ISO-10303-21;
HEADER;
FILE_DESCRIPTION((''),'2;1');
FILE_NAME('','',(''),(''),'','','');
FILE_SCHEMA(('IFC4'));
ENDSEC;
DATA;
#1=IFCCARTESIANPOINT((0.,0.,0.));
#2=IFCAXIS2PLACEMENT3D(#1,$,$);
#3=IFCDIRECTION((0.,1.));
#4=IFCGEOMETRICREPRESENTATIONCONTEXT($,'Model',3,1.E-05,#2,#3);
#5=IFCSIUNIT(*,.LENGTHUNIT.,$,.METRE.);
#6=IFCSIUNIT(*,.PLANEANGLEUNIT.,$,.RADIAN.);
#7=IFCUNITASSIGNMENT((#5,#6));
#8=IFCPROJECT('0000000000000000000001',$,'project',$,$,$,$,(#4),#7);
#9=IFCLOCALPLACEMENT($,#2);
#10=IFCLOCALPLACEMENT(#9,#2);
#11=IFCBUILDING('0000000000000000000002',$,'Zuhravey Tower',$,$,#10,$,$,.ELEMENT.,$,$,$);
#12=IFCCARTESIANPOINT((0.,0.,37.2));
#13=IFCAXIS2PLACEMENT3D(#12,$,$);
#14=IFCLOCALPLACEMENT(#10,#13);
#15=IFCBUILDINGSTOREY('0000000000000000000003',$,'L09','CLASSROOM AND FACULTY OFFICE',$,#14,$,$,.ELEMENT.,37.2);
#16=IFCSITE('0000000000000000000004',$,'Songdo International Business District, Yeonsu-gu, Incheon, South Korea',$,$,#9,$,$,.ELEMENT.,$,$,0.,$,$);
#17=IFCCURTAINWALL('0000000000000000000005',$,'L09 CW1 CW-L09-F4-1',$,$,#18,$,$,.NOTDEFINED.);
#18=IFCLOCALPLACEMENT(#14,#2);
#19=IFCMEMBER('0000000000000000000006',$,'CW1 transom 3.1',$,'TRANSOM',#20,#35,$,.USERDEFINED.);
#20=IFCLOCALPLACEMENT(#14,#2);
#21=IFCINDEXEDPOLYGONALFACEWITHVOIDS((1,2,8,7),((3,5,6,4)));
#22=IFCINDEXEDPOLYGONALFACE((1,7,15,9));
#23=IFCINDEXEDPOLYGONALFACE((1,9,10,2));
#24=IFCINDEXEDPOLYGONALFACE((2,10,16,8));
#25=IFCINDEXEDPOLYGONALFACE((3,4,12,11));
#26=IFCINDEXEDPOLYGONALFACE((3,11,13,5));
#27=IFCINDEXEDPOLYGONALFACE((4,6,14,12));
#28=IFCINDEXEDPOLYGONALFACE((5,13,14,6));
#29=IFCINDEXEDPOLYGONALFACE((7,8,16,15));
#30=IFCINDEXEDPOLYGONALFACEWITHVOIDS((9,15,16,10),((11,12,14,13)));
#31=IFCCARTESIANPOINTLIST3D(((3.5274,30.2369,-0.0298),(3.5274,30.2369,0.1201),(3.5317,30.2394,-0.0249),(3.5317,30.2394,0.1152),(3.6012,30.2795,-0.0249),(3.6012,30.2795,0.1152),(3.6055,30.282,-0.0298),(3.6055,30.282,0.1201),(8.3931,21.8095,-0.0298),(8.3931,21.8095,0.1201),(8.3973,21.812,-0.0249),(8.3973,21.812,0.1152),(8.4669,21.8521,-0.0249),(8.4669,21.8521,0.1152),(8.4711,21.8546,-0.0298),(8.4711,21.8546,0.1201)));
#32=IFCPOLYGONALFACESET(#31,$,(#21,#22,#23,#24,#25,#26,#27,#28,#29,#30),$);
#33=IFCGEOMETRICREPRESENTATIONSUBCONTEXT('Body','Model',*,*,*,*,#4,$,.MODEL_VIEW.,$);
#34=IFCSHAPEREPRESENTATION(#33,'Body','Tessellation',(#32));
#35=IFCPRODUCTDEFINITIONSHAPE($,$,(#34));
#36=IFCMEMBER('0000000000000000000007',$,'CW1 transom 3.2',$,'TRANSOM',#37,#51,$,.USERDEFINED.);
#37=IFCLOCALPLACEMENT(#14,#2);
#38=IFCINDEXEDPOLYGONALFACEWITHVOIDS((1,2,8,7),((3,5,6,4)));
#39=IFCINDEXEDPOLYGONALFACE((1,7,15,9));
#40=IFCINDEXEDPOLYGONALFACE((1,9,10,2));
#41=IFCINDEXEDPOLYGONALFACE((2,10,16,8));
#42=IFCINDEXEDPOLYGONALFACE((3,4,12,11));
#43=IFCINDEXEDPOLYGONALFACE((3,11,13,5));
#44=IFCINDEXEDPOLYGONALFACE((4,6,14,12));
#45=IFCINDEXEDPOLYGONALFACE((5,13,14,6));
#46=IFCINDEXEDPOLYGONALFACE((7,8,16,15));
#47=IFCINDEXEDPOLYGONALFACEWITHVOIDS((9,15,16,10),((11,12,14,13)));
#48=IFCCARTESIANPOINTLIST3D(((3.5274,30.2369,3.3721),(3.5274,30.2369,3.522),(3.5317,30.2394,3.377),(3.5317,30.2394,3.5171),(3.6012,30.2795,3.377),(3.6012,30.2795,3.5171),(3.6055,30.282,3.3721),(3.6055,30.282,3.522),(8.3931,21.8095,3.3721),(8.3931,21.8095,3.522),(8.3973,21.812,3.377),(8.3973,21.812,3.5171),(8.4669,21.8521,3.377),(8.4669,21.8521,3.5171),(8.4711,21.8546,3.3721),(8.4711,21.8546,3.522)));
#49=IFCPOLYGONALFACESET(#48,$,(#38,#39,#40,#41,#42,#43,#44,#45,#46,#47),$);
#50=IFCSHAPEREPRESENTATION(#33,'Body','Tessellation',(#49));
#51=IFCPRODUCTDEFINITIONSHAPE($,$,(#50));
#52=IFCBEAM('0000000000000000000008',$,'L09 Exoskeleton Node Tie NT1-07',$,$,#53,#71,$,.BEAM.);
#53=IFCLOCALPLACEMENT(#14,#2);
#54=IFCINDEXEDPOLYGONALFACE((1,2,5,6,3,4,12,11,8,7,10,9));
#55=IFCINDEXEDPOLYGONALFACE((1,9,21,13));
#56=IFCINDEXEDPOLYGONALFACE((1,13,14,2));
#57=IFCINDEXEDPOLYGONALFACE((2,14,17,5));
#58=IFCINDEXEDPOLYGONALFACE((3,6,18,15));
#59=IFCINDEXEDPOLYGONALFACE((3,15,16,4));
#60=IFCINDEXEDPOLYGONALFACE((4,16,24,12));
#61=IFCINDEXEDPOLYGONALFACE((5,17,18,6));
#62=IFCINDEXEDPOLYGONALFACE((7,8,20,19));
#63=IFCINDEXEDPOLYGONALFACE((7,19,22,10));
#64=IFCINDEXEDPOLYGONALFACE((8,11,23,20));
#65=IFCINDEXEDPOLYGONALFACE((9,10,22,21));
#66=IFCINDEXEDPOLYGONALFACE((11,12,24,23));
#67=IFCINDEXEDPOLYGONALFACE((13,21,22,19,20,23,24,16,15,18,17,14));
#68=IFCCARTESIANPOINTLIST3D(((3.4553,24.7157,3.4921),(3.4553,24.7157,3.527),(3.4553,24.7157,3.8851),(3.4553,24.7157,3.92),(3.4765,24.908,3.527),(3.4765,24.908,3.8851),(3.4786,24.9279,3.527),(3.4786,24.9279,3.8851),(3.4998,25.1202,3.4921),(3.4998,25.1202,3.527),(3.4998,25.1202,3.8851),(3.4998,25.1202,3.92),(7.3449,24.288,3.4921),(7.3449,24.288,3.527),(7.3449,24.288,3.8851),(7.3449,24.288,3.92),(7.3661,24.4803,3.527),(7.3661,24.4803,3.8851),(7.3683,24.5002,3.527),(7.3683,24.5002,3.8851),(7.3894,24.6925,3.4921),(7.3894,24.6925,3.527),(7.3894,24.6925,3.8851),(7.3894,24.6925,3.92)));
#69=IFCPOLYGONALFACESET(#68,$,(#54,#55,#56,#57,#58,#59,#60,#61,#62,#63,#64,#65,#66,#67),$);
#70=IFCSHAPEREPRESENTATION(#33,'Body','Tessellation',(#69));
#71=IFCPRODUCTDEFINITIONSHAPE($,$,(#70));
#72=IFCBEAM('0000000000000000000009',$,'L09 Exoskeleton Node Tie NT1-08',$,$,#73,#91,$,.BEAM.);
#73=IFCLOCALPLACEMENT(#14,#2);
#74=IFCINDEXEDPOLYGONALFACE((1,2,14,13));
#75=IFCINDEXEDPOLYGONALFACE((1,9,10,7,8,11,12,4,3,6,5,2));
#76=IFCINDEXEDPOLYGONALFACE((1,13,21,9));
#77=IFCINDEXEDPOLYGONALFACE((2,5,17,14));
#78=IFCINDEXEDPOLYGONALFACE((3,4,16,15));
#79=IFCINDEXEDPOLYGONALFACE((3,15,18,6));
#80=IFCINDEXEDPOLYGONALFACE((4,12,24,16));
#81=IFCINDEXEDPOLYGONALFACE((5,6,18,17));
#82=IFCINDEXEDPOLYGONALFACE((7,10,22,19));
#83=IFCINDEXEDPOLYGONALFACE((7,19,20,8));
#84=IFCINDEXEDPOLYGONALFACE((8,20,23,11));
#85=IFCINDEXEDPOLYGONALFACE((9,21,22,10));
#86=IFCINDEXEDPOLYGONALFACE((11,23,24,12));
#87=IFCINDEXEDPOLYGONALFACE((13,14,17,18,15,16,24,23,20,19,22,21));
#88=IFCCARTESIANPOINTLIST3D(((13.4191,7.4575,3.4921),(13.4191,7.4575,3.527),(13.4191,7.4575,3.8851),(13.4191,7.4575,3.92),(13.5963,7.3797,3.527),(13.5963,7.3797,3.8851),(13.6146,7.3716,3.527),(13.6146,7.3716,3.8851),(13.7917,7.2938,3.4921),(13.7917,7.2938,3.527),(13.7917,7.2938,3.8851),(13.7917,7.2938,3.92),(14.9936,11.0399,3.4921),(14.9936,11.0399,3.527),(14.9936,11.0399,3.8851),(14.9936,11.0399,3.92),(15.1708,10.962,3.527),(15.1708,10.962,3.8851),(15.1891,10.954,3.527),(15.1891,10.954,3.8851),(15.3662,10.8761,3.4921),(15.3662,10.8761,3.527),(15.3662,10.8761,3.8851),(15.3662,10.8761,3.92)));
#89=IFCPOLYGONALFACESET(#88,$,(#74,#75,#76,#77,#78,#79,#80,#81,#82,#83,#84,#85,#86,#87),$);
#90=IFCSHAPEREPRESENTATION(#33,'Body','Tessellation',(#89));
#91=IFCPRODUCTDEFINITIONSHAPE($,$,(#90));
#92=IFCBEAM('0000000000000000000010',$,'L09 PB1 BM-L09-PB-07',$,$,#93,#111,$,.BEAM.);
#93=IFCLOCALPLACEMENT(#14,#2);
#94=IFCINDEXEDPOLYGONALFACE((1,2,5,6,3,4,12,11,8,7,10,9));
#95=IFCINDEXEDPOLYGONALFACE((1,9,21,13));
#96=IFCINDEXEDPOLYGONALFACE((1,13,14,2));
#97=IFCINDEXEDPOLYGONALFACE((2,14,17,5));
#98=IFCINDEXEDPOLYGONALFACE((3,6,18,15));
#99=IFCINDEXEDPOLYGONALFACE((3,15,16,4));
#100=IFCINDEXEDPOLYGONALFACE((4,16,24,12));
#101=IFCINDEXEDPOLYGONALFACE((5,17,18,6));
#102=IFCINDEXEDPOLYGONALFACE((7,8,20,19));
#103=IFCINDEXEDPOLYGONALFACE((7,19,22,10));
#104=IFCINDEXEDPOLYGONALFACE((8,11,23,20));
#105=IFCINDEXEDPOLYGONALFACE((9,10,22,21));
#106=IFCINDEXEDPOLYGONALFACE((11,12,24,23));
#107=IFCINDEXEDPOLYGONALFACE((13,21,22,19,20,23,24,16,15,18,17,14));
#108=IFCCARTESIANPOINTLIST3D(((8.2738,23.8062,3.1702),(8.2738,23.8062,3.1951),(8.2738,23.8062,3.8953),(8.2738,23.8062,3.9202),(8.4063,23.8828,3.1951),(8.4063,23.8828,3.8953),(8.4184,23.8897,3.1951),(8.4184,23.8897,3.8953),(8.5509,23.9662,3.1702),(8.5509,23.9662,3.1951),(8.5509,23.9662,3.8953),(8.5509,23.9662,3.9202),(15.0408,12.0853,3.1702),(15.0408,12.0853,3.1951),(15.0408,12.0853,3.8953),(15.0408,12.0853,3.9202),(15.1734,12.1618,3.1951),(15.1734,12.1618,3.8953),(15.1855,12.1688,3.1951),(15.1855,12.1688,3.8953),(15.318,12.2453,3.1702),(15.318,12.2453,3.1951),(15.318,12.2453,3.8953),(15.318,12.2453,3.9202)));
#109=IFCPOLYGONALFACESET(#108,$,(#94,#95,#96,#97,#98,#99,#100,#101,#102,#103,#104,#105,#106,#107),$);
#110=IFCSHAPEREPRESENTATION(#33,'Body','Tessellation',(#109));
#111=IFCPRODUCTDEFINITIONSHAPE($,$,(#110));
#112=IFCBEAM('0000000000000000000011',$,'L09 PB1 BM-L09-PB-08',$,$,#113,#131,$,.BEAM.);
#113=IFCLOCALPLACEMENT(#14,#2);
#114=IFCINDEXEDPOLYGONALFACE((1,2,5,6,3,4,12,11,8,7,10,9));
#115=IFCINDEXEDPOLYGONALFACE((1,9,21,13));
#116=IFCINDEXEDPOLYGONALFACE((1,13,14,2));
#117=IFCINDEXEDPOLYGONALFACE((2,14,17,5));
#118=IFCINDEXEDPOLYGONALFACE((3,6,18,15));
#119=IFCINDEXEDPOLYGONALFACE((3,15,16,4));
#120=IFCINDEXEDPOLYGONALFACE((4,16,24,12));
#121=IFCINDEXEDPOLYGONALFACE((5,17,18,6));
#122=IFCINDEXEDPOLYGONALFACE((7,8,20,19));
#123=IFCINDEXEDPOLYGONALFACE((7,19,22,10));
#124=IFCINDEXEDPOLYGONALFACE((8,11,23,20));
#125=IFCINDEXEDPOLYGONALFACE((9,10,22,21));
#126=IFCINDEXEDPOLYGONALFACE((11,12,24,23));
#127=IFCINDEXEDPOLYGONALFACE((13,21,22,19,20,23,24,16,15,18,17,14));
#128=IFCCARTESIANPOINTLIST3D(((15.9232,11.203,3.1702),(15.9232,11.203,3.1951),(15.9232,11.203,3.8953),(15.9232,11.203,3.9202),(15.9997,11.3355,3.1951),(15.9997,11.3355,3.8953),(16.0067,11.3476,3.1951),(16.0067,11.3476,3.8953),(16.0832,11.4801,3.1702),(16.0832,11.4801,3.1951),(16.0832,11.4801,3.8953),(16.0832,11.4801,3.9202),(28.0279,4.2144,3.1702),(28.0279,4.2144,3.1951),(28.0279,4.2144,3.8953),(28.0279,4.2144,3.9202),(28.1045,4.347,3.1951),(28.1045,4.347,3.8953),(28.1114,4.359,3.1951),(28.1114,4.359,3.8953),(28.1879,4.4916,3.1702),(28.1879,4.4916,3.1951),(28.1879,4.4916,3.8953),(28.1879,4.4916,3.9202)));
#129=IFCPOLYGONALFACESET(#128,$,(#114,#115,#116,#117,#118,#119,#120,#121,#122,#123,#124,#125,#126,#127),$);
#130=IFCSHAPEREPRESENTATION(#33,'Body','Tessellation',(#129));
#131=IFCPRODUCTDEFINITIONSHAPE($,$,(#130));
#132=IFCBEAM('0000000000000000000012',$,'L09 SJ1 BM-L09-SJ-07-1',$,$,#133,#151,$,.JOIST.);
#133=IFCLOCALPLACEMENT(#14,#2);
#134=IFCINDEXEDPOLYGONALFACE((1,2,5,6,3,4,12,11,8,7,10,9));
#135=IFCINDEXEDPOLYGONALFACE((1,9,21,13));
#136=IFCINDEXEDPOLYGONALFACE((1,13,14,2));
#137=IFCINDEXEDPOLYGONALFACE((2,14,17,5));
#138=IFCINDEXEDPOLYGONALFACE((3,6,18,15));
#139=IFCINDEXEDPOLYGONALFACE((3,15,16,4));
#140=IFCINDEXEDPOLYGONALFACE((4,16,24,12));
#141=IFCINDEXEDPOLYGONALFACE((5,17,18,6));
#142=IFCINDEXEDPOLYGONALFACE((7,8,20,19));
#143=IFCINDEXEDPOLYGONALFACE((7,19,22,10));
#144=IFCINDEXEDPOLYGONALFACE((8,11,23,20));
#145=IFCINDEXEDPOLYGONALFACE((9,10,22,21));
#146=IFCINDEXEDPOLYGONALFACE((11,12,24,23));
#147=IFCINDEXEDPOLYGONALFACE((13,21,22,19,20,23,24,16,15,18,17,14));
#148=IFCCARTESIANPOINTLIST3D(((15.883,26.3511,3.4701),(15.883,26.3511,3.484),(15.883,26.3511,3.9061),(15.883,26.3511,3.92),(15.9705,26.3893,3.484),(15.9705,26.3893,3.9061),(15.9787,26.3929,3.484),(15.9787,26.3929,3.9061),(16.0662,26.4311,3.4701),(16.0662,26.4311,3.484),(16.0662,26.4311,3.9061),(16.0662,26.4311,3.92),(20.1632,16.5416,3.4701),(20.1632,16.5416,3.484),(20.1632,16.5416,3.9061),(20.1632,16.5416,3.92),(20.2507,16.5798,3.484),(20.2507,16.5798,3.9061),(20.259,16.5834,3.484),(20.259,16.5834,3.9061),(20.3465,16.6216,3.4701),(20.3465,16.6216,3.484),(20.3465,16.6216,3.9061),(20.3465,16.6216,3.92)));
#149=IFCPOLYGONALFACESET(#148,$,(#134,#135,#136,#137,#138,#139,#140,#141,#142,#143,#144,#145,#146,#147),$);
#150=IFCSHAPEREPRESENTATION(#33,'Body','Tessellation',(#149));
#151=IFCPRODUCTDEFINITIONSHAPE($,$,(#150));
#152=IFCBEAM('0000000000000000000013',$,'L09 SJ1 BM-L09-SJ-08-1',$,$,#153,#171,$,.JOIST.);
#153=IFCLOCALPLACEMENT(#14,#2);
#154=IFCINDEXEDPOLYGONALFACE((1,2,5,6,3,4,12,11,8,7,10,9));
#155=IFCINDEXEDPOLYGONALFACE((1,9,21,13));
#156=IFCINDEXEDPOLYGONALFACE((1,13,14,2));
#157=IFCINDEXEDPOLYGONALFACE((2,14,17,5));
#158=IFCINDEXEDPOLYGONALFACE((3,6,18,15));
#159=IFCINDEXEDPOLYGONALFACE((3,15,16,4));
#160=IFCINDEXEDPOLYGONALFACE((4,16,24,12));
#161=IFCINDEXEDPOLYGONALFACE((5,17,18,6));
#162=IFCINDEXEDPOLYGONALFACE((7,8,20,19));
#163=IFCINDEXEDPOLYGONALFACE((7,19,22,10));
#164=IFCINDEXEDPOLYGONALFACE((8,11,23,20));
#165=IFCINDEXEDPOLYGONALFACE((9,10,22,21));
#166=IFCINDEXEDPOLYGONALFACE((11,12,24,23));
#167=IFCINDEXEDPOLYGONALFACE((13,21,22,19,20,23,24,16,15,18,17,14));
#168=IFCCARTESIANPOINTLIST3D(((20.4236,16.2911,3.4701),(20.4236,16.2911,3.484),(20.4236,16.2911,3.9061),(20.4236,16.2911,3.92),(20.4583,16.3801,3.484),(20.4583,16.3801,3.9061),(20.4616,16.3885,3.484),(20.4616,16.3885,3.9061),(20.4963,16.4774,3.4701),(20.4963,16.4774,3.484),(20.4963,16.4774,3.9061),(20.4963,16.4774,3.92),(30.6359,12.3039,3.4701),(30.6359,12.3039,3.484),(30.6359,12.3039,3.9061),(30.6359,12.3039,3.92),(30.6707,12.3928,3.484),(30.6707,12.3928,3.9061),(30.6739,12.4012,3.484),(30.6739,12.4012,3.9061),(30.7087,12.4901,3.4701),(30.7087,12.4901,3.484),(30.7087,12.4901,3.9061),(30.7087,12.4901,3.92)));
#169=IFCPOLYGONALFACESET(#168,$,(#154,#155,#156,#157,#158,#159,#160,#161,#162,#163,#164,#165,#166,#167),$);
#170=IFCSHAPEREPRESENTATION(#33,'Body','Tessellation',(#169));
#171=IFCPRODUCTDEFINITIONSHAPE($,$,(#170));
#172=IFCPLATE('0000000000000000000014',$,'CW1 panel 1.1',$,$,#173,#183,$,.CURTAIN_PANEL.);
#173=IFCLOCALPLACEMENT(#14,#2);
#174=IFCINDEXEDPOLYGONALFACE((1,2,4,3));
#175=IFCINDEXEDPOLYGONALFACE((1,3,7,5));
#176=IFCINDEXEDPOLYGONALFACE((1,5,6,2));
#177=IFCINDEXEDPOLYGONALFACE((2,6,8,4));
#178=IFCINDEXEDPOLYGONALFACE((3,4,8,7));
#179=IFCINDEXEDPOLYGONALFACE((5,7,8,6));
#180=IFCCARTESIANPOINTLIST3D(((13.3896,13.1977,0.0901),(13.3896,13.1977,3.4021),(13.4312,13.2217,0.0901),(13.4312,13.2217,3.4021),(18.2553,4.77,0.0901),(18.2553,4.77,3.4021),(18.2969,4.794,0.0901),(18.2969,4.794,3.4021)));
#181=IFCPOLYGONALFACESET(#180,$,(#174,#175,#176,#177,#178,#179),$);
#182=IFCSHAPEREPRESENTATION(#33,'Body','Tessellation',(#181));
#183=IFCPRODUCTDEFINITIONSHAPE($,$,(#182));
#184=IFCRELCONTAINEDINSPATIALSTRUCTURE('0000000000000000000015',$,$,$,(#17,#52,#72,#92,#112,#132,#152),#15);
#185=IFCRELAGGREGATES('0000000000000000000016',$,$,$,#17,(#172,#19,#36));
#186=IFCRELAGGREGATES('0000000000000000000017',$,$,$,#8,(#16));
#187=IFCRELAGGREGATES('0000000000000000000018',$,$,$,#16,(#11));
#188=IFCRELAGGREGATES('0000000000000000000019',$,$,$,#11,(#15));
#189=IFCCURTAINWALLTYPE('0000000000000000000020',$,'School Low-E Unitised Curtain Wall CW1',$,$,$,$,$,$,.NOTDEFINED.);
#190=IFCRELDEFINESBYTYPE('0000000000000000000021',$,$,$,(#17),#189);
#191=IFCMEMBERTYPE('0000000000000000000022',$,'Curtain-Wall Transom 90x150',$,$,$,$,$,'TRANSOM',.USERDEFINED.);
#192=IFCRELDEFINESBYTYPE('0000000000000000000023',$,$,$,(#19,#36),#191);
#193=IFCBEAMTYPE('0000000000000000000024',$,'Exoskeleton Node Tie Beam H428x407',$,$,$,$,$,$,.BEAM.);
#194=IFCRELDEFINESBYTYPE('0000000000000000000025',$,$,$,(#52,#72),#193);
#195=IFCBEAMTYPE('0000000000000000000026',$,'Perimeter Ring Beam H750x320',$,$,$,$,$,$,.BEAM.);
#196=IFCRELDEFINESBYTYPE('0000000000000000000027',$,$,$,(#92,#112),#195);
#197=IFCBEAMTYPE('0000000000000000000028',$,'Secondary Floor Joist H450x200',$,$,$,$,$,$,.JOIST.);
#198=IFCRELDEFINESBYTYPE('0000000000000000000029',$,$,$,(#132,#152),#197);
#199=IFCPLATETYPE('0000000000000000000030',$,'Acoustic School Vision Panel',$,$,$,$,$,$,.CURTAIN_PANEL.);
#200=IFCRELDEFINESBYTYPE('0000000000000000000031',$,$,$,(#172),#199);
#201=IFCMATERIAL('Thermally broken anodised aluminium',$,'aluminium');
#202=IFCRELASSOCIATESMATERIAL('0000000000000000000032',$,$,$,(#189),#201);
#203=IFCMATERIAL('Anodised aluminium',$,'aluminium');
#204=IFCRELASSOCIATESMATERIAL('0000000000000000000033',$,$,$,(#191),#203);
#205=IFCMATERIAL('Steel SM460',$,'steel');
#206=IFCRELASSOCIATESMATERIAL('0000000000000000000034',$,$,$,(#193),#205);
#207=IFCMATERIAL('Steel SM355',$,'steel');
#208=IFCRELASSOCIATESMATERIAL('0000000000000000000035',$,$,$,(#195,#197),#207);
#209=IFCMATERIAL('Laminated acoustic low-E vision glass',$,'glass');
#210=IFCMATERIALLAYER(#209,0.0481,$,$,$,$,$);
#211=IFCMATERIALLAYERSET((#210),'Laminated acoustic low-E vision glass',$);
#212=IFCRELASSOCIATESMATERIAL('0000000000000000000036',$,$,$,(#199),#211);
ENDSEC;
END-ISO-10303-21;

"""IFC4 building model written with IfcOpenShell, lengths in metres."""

from ifc_helpers import new_model, si_unit, direction, frame, origin, origin_2d, place, context, subcontext, project, spatial, rectangle, hollow_rectangle, i_section, extrude, material, layer, layer_set, material_profile, profile_set, type_object, element, aggregate, save


model = new_model("IFC4")

# Units and contexts
model_context = context("Model", 3, precision=1e-05, world=origin(), true_north=direction((0.0, 1.0)))
body_context = subcontext(model_context, "Body", "Model", "MODEL_VIEW")
ifc_project = project(units=[si_unit("LENGTHUNIT", "METRE"), si_unit("PLANEANGLEUNIT", "RADIAN")], contexts=[model_context])

# Site, building, storey
site_placement = place(None, origin())
site = spatial("IfcSite", under=ifc_project, at=site_placement, Name="Songdo International Business District, Yeonsu-gu, Incheon, South Korea", CompositionType="ELEMENT", RefElevation=0.0)
building_placement = place(site_placement, origin())
building = spatial("IfcBuilding", under=site, at=building_placement, Name="Zuhravey Tower", CompositionType="ELEMENT")
storey_placement = place(building_placement, frame((0.0, 0.0, 37.2)))
storey = spatial("IfcBuildingStorey", under=building, at=storey_placement, Name="L09", Description="CLASSROOM AND FACULTY OFFICE", CompositionType="ELEMENT", Elevation=37.2)

# Shared definitions
ifc_material_1 = material(Name="Thermally broken anodised aluminium", Category="aluminium")
curtain_wall_type = type_object("IfcCurtainWallType", Name="School Low-E Unitised Curtain Wall CW1", PredefinedType="NOTDEFINED", material=ifc_material_1)
ifc_material_2 = material(Name="Anodised aluminium", Category="aluminium")

# Curtain wall, members
curtain_wall_1_placement = place(storey_placement, origin())
curtain_wall_1 = element("IfcCurtainWall", 1, at=curtain_wall_1_placement, inside=storey, type_object=curtain_wall_type, Name="L09 CW1 CW-L09-F4-1", PredefinedType="NOTDEFINED")
ifc_material_profile_1 = material_profile(ifc_material_2, hollow_rectangle(XDim=0.0901, YDim=0.1499, WallThickness=0.0049, at=origin_2d()), Name="ALU-RHS-90x150x5")
ifc_profile_set_1 = profile_set([ifc_material_profile_1], Name="Anodised aluminium")
member_type_1 = type_object("IfcMemberType", Name="Curtain-Wall Transom 90x150", ElementType="TRANSOM", PredefinedType="USERDEFINED", material=ifc_profile_set_1)
member_1_placement = place(storey_placement, frame((8.4321, 21.832, 0.0452), z_axis=(-0.500008, 0.866021, 0.0), x_axis=(-0.866021, -0.500008, 0.0)))
member_1 = element("IfcMember", 2, at=member_1_placement, type_object=member_type_1, Name="CW1 transom 3.1", ObjectType="TRANSOM", PredefinedType="USERDEFINED", context=body_context, shape_type="SweptSolid", body=[
    extrude(hollow_rectangle(XDim=0.0901, YDim=0.1499, WallThickness=0.0049, at=origin_2d()), origin(), (0.0, 0.0, 1.0), 9.7312),
])
member_2_placement = place(storey_placement, frame((8.4321, 21.832, 3.447), z_axis=(-0.500008, 0.866021, 0.0), x_axis=(-0.866021, -0.500008, 0.0)))
member_2 = element("IfcMember", 3, at=member_2_placement, type_object=member_type_1, Name="CW1 transom 3.2", ObjectType="TRANSOM", PredefinedType="USERDEFINED", context=body_context, shape_type="SweptSolid", body=[
    extrude(hollow_rectangle(XDim=0.0901, YDim=0.1499, WallThickness=0.0049, at=origin_2d()), origin(), (0.0, 0.0, 1.0), 9.7312),
])

# Beams
ifc_material_3 = material(Name="Steel SM460", Category="steel")
ifc_material_profile_2 = material_profile(ifc_material_3, i_section(OverallWidth=0.407, OverallDepth=0.428, WebThickness=0.02, FlangeThickness=0.0349, at=origin_2d()), Name="H-428x407x20x35")
ifc_profile_set_2 = profile_set([ifc_material_profile_2], Name="Steel SM460")
beam_type_1 = type_object("IfcBeamType", Name="Exoskeleton Node Tie Beam H428x407", PredefinedType="BEAM", material=ifc_profile_set_2)
for number, where, z_axis, x_axis, name in (
    (4, (7.3672, 24.4902, 3.7061), (-0.994008, 0.109308, 0.0), (-0.109308, -0.994008, 0.0), "L09 Exoskeleton Node Tie NT1-07"),
    (5, (15.1799, 10.958, 3.7061), (-0.402366, -0.915479, 0.0), (0.915479, -0.402366, 0.0), "L09 Exoskeleton Node Tie NT1-08"),
):
    element("IfcBeam", number, at=place(storey_placement, frame(where, z_axis=z_axis, x_axis=x_axis)), inside=storey, type_object=beam_type_1, Name=name, PredefinedType="BEAM", context=body_context, shape_type="SweptSolid", body=[
        extrude(i_section(OverallWidth=0.407, OverallDepth=0.428, WebThickness=0.02, FlangeThickness=0.0349, at=origin_2d()), origin(), (0.0, 0.0, 1.0), 3.9131),
    ])
ifc_material_4 = material(Name="Steel SM355", Category="steel")
ifc_material_profile_3 = material_profile(ifc_material_4, i_section(OverallWidth=0.3201, OverallDepth=0.75, WebThickness=0.0139, FlangeThickness=0.0249, at=origin_2d()), Name="H-750x320x14x25")
ifc_profile_set_3 = profile_set([ifc_material_profile_3], Name="Steel SM355")
beam_type_2 = type_object("IfcBeamType", Name="Perimeter Ring Beam H750x320", PredefinedType="BEAM", material=ifc_profile_set_3)
beam_1_placement = place(storey_placement, frame((8.4124, 23.8862, 3.5452), z_axis=(0.5, -0.866025, 0.0), x_axis=(0.866025, 0.5, 0.0)))
element("IfcBeam", 6, at=beam_1_placement, inside=storey, type_object=beam_type_2, Name="L09 PB1 BM-L09-PB-07", PredefinedType="BEAM", context=body_context, shape_type="SweptSolid", body=[
    extrude(i_section(OverallWidth=0.3201, OverallDepth=0.75, WebThickness=0.0139, FlangeThickness=0.0249, at=origin_2d()), origin(), (0.0, 0.0, 1.0), 13.5342),
])
beam_2_placement = place(storey_placement, frame((16.0032, 11.3416, 3.5452), z_axis=(0.86603, -0.499992, 0.0), x_axis=(0.499992, 0.86603, 0.0)))
element("IfcBeam", 7, at=beam_2_placement, inside=storey, type_object=beam_type_2, Name="L09 PB1 BM-L09-PB-08", PredefinedType="BEAM", context=body_context, shape_type="SweptSolid", body=[
    extrude(i_section(OverallWidth=0.3201, OverallDepth=0.75, WebThickness=0.0139, FlangeThickness=0.0249, at=origin_2d()), origin(), (0.0, 0.0, 1.0), 13.9773),
])
ifc_material_profile_4 = material_profile(ifc_material_4, i_section(OverallWidth=0.2, OverallDepth=0.45, WebThickness=0.009, FlangeThickness=0.0139, at=origin_2d()), Name="H-450x200x9x14")
ifc_profile_set_4 = profile_set([ifc_material_profile_4], Name="Steel SM355")
beam_type_3 = type_object("IfcBeamType", Name="Secondary Floor Joist H450x200", PredefinedType="JOIST", material=ifc_profile_set_4)
beam_3_placement = place(storey_placement, frame((15.9746, 26.3911, 3.6951), z_axis=(0.399924, -0.916549, 0.0), x_axis=(0.916549, 0.399924, 0.0)))
element("IfcBeam", 8, at=beam_3_placement, inside=storey, type_object=beam_type_3, Name="L09 SJ1 BM-L09-SJ-07-1", PredefinedType="JOIST", context=body_context, shape_type="SweptSolid", body=[
    extrude(i_section(OverallWidth=0.2, OverallDepth=0.45, WebThickness=0.009, FlangeThickness=0.0139, at=origin_2d()), origin(), (0.0, 0.0, 1.0), 10.7026),
])
beam_4_placement = place(storey_placement, frame((20.46, 16.3843, 3.6951), z_axis=(0.931517, -0.363699, 0.0), x_axis=(0.363699, 0.931517, 0.0)))
element("IfcBeam", 9, at=beam_4_placement, inside=storey, type_object=beam_type_3, Name="L09 SJ1 BM-L09-SJ-08-1", PredefinedType="JOIST", context=body_context, shape_type="SweptSolid", body=[
    extrude(i_section(OverallWidth=0.2, OverallDepth=0.45, WebThickness=0.009, FlangeThickness=0.0139, at=origin_2d()), origin(), (0.0, 0.0, 1.0), 10.9631),
])

# Plate
ifc_material_5 = material(Name="Laminated acoustic low-E vision glass", Category="glass")
ifc_layer_1 = layer(ifc_material_5, 0.0481)
ifc_layer_set_1 = layer_set([ifc_layer_1], Name="Laminated acoustic low-E vision glass")
plate_type = type_object("IfcPlateType", Name="Acoustic School Vision Panel", PredefinedType="CURTAIN_PANEL", material=ifc_layer_set_1)
plate_1_placement = place(storey_placement, frame((15.8433, 8.9958, 0.0901), z_axis=(0.0, 0.0, 1.0), x_axis=(-0.5, 0.866026, 0.0)))
plate_1 = element("IfcPlate", 10, at=plate_1_placement, type_object=plate_type, Name="CW1 panel 1.1", PredefinedType="CURTAIN_PANEL", context=body_context, shape_type="SweptSolid", body=[
    extrude(rectangle(XDim=9.7314, YDim=0.0481, at=origin_2d()), origin(), (0.0, 0.0, 1.0), 3.312),
])
aggregate(curtain_wall_1, [plate_1, member_1, member_2])

save(model, "model.ifc")
